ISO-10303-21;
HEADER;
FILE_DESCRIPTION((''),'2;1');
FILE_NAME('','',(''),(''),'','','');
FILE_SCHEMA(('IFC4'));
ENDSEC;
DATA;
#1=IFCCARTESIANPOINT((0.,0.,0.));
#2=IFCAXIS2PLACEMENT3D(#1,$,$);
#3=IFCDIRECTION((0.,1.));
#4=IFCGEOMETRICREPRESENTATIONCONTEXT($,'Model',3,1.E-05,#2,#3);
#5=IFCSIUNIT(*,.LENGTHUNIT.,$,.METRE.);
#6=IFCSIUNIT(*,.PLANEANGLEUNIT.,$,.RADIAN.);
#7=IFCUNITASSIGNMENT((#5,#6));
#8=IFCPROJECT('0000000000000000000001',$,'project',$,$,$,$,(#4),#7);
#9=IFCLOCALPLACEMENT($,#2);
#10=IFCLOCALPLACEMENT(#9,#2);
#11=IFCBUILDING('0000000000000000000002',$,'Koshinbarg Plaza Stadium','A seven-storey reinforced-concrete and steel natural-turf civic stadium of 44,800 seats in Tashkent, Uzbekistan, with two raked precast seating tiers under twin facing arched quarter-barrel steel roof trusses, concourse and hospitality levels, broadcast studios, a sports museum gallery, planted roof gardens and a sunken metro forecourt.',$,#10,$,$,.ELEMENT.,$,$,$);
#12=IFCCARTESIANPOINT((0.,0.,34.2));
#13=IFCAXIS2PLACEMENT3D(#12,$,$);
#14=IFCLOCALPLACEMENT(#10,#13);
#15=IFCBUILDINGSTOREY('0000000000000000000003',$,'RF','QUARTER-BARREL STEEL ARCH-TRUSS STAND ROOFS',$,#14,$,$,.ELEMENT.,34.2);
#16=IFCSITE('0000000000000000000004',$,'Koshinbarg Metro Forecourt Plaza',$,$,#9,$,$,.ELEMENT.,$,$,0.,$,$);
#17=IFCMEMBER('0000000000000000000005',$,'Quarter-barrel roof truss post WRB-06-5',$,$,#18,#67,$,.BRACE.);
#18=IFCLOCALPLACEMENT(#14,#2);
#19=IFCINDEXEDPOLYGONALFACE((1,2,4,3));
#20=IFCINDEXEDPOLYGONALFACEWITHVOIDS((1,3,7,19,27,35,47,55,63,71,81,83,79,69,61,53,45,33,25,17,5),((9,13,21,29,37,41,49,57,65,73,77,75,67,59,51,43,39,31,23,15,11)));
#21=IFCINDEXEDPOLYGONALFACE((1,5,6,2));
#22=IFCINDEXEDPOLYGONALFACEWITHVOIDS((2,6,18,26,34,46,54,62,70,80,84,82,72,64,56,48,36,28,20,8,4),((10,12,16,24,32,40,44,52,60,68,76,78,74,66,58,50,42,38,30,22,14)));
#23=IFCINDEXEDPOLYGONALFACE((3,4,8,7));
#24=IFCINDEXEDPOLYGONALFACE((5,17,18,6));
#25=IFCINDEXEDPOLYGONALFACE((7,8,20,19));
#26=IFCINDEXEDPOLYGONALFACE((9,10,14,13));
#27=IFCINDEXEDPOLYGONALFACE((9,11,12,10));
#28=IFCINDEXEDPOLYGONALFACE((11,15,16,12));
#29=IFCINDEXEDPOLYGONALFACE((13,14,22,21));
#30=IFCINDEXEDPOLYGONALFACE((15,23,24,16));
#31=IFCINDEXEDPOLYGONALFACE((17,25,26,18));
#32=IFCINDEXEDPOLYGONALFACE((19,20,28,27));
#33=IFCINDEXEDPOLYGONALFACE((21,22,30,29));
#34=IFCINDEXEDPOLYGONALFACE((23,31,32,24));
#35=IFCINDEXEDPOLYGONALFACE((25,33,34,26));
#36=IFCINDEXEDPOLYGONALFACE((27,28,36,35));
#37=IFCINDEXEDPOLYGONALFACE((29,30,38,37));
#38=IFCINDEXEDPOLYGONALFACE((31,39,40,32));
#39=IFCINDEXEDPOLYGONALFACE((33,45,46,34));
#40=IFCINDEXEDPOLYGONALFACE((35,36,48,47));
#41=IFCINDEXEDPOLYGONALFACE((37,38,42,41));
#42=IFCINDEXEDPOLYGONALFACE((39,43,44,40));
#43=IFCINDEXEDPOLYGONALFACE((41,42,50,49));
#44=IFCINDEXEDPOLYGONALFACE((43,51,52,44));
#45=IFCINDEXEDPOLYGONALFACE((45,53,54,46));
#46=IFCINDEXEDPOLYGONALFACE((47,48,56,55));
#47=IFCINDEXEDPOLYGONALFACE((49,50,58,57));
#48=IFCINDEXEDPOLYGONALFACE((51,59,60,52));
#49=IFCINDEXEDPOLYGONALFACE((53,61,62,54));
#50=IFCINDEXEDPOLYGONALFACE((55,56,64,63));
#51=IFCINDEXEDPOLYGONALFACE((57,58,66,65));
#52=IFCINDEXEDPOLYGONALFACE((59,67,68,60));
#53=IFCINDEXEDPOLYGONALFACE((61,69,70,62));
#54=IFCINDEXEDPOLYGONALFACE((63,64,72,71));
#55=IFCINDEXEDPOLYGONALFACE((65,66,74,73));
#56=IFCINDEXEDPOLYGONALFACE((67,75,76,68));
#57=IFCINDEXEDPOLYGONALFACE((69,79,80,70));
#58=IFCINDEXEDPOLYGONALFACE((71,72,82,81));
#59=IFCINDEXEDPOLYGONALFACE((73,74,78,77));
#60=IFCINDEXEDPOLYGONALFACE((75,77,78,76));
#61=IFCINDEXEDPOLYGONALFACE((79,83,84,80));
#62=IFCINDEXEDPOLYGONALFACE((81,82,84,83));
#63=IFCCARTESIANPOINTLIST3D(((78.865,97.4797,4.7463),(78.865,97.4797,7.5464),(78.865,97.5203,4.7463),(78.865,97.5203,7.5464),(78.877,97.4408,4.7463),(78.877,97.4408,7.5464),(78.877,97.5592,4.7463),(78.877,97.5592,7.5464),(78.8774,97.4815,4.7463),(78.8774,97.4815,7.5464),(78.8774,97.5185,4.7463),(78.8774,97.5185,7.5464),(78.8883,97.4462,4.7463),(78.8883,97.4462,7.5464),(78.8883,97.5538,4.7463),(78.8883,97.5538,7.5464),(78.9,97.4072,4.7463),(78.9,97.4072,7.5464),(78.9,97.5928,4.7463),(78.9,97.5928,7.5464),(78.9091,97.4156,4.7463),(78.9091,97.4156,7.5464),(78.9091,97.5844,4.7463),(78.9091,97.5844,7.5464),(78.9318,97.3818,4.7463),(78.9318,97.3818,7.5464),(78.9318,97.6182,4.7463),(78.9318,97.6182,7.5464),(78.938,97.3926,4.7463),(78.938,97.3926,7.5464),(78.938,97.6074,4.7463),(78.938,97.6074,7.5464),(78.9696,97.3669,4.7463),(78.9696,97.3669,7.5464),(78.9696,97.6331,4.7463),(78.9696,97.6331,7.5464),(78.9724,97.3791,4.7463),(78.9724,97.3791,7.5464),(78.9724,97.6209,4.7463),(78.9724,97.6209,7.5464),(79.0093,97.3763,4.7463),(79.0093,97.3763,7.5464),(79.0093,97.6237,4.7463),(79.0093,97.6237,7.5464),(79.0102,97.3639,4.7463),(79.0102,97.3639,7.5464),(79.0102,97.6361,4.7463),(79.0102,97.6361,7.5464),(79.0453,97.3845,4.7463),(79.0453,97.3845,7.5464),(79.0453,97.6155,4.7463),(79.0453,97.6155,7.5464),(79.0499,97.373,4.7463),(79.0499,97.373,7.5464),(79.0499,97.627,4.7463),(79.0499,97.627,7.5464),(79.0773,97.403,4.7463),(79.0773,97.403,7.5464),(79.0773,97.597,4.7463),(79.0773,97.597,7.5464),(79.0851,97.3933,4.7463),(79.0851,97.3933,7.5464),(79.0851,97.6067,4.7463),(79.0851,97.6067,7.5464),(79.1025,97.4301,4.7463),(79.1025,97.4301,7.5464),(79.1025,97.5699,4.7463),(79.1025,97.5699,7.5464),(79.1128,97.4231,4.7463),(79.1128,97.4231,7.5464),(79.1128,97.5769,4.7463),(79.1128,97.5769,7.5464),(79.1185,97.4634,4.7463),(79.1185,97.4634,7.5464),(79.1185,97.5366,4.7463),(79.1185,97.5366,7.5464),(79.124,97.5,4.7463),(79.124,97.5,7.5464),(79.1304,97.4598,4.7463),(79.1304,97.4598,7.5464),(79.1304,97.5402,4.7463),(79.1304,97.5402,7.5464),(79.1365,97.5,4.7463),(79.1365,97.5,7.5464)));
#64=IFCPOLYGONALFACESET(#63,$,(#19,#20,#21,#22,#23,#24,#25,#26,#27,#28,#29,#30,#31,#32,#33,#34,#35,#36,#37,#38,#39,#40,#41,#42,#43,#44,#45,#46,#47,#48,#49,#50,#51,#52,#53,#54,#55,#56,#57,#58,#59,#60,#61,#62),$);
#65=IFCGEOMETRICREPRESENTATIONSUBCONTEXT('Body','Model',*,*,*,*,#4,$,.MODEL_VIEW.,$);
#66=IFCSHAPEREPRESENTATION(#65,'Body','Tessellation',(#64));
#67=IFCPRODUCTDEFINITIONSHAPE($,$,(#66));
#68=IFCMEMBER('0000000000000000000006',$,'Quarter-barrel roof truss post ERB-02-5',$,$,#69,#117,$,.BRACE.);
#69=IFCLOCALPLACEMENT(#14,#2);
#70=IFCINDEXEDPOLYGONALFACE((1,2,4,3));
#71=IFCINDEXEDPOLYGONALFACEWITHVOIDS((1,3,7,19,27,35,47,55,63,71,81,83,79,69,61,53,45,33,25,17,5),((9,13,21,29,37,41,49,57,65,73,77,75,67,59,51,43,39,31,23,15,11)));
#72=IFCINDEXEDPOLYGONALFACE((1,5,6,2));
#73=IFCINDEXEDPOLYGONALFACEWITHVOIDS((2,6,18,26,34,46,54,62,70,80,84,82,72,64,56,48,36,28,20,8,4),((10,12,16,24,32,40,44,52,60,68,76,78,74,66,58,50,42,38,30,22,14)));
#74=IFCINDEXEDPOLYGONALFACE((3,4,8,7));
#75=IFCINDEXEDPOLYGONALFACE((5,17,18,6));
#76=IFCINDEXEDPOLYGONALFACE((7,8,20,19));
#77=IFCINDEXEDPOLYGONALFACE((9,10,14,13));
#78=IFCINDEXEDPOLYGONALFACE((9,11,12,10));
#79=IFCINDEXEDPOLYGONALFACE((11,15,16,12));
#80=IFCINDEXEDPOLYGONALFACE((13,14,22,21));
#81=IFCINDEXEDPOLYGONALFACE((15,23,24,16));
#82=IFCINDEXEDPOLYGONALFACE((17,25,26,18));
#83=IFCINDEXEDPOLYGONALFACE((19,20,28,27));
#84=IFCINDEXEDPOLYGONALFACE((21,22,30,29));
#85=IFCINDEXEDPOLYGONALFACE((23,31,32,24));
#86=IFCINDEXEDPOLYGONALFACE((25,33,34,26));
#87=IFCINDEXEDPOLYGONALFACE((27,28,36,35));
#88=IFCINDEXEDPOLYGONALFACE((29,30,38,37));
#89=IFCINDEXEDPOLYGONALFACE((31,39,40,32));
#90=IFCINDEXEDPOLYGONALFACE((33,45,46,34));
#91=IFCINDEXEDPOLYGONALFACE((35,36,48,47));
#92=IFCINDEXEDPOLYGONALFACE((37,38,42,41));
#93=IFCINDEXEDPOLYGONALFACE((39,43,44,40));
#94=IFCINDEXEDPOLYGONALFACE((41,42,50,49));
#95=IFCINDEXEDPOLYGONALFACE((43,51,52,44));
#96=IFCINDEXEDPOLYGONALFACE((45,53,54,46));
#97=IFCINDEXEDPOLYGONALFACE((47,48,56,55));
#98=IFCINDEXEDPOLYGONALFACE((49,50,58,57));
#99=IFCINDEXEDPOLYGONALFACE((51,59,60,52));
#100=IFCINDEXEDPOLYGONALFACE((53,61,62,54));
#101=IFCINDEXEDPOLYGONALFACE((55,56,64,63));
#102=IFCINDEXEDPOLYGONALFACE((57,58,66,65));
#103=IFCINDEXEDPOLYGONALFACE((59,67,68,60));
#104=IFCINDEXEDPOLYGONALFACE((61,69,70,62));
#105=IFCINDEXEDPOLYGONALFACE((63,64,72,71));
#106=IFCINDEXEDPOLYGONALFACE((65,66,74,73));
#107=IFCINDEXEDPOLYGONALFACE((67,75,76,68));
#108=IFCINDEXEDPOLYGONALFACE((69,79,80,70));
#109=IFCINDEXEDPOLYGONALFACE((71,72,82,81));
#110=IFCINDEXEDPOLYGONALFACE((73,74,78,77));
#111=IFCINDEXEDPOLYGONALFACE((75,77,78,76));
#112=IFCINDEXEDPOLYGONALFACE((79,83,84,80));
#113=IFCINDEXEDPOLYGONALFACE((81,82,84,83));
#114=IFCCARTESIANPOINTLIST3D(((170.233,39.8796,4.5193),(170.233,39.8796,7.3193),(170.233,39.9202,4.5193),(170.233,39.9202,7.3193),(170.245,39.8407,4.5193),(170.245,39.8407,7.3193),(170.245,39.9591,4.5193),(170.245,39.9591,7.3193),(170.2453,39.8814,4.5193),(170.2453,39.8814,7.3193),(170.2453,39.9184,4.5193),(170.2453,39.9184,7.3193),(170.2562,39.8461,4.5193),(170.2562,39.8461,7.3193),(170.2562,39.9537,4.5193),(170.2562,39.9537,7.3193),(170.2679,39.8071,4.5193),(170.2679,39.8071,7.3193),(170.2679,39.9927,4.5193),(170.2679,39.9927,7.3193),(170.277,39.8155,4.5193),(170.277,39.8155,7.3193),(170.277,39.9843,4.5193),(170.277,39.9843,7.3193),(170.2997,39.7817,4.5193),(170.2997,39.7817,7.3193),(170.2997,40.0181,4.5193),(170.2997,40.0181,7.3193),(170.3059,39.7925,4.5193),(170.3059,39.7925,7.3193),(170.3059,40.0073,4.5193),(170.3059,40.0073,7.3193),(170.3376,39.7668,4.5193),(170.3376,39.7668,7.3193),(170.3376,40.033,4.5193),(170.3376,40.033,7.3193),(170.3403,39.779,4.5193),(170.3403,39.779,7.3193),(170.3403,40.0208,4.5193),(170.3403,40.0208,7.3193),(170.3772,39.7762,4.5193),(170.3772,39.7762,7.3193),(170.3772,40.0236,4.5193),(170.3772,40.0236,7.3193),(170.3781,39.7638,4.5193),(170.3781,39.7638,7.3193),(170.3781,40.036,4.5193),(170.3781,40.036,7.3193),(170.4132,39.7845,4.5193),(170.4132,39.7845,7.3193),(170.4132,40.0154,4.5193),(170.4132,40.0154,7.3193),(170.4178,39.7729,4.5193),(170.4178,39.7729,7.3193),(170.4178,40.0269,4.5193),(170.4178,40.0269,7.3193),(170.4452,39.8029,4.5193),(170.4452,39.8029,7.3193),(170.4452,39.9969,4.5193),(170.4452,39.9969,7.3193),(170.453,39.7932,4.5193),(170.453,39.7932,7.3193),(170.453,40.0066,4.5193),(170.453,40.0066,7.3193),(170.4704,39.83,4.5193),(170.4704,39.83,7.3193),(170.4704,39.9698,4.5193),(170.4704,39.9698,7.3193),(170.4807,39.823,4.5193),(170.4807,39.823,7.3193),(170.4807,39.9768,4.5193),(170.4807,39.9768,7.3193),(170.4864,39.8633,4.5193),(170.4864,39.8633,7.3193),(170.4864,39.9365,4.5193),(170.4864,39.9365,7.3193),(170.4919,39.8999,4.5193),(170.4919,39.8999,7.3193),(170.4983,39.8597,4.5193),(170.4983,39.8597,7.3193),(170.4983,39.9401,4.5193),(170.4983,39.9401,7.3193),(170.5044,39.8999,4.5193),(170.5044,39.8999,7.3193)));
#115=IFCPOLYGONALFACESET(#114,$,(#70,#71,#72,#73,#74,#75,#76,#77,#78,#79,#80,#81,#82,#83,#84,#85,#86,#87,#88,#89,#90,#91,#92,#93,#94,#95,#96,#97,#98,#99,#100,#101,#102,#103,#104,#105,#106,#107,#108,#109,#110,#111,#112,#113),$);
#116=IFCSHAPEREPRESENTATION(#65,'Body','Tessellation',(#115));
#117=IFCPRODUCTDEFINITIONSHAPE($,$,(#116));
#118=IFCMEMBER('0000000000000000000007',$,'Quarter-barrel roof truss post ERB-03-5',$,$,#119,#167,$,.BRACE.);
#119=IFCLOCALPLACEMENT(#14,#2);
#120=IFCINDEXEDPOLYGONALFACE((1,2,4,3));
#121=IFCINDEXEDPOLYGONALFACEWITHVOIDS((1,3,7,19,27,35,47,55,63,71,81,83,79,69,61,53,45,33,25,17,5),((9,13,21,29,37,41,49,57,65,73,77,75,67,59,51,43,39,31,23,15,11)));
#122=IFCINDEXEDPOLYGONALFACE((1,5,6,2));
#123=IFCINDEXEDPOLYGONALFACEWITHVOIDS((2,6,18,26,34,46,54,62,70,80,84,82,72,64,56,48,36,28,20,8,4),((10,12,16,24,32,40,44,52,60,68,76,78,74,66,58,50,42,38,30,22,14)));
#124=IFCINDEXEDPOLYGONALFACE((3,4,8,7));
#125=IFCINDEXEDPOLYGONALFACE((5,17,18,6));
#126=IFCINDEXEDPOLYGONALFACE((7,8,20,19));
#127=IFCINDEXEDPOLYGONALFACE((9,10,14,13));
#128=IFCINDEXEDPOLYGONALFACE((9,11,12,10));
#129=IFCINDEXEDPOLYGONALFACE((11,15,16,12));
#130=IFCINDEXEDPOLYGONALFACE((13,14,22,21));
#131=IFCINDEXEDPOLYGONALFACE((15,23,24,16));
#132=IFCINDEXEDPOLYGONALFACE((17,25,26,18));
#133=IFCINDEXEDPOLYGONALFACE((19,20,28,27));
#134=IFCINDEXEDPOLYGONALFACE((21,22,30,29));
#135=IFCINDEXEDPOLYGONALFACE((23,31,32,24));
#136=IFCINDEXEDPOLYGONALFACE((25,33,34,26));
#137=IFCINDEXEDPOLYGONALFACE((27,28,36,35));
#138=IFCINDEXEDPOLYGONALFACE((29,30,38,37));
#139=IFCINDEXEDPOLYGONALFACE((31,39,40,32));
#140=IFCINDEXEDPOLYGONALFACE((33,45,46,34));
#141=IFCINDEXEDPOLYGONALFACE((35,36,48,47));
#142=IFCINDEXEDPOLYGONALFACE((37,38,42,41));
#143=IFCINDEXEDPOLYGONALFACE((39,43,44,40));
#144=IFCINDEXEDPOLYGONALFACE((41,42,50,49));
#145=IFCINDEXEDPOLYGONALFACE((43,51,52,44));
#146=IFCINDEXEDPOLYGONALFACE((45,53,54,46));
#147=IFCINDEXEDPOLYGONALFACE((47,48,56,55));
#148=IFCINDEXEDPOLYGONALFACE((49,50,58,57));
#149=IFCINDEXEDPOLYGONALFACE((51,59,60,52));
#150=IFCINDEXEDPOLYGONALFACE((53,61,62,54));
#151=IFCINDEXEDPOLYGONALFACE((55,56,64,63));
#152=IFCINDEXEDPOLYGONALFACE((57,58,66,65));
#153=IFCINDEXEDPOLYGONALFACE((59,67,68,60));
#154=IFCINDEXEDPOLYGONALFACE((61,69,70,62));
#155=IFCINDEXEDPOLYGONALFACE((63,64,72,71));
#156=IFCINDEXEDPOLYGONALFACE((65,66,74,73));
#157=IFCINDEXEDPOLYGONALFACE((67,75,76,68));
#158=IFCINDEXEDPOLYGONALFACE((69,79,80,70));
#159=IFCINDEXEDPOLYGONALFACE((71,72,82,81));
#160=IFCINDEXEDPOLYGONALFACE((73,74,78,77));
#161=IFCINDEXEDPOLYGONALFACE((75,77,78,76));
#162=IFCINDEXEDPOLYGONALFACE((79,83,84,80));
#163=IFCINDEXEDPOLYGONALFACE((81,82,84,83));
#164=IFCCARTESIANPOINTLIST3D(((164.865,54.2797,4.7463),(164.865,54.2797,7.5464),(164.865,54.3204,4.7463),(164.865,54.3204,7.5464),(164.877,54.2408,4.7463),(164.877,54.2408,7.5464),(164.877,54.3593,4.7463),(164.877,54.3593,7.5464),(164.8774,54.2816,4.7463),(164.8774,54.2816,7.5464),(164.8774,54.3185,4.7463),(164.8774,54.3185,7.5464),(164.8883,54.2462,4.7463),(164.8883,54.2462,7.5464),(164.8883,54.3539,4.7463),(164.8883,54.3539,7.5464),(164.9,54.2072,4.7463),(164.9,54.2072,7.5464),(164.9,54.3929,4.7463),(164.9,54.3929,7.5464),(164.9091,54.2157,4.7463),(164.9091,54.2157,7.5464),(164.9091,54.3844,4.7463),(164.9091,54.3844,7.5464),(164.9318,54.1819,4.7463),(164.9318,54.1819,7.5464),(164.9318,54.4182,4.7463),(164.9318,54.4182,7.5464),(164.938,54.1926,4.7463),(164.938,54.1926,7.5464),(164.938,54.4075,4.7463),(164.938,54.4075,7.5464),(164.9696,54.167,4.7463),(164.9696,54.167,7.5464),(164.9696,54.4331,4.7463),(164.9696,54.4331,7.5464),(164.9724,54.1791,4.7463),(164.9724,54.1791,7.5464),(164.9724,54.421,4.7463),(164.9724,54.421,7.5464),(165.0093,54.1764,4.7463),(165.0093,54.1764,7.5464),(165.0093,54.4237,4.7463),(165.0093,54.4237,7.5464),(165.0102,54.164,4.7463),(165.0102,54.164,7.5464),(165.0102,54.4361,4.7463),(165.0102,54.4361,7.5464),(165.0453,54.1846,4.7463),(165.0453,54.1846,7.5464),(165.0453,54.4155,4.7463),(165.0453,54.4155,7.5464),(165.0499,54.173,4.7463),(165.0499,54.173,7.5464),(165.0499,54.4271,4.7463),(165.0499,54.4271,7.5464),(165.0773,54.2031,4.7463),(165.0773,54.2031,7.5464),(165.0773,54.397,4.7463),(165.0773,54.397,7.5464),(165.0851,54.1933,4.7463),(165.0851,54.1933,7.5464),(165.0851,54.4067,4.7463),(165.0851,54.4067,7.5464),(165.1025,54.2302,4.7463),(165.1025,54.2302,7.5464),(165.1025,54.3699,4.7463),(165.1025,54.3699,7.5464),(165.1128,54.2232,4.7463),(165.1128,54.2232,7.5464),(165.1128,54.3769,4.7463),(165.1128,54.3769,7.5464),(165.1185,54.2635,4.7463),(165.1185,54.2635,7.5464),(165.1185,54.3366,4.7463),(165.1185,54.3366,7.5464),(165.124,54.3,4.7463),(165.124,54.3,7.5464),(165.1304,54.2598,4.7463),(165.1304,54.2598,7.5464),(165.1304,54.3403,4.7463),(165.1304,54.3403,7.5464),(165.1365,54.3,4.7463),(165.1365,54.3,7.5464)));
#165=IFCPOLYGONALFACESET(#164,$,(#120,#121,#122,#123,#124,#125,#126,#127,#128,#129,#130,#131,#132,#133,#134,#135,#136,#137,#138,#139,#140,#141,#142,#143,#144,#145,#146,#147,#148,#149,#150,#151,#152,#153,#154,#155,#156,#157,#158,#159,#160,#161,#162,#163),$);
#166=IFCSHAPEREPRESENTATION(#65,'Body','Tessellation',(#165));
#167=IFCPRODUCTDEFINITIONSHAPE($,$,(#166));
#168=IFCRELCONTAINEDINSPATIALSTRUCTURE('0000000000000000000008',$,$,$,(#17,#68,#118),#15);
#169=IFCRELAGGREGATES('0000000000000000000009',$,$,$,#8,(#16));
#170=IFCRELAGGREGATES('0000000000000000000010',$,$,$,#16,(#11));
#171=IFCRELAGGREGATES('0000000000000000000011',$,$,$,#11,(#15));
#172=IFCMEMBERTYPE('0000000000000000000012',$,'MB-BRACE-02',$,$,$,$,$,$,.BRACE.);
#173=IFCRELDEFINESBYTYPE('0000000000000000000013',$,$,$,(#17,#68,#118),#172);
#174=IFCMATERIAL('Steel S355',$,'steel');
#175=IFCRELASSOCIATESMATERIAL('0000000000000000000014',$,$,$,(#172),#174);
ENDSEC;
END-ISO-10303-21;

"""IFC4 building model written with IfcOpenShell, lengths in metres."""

from ifc_helpers import new_model, si_unit, direction, frame, origin, origin_2d, place, context, subcontext, project, spatial, hollow_circle, extrude, material, material_profile, profile_set, type_object, element, save


model = new_model("IFC4")

# Units and contexts
model_context = context("Model", 3, precision=1e-05, world=origin(), true_north=direction((0.0, 1.0)))
body_context = subcontext(model_context, "Body", "Model", "MODEL_VIEW")
ifc_project = project(units=[si_unit("LENGTHUNIT", "METRE"), si_unit("PLANEANGLEUNIT", "RADIAN")], contexts=[model_context])

# Site, building, storey
site_placement = place(None, origin())
site = spatial("IfcSite", under=ifc_project, at=site_placement, Name="Koshinbarg Metro Forecourt Plaza", CompositionType="ELEMENT", RefElevation=0.0)
building_placement = place(site_placement, origin())
building = spatial("IfcBuilding", under=site, at=building_placement, Name="Koshinbarg Plaza Stadium", Description="A seven-storey reinforced-concrete and steel natural-turf civic stadium of 44,800 seats in Tashkent, Uzbekistan, with two raked precast seating tiers under twin facing arched quarter-barrel steel roof trusses, concourse and hospitality levels, broadcast studios, a sports museum gallery, planted roof gardens and a sunken metro forecourt.", CompositionType="ELEMENT")
storey_placement = place(building_placement, frame((0.0, 0.0, 34.2)))
storey = spatial("IfcBuildingStorey", under=building, at=storey_placement, Name="RF", Description="QUARTER-BARREL STEEL ARCH-TRUSS STAND ROOFS", CompositionType="ELEMENT", Elevation=34.2)

# Members
ifc_material = material(Name="Steel S355", Category="steel")
ifc_material_profile_1 = material_profile(ifc_material, hollow_circle(Radius=0.1365, WallThickness=0.0125, at=origin_2d()), Name="CHS 273x12.5")
ifc_profile_set_1 = profile_set([ifc_material_profile_1], Name="Steel S355")
member_type_1 = type_object("IfcMemberType", Name="MB-BRACE-02", PredefinedType="BRACE", material=ifc_profile_set_1)
for number, where, z_axis, x_axis, name in (
    (1, (79.0, 97.5, 4.7463), (0.0, 0.0, 1.0), (1.0, 0.0, 0.0), "Quarter-barrel roof truss post WRB-06-5"),
    (2, (170.3679, 39.8999, 4.5193), (0.0, 0.0, 1.0), (1.0, 0.0, 0.0), "Quarter-barrel roof truss post ERB-02-5"),
    (3, (165.0, 54.3, 4.7463), (0.0, 0.0, 1.0), (1.0, 0.0, 0.0), "Quarter-barrel roof truss post ERB-03-5"),
):
    element("IfcMember", number, at=place(storey_placement, frame(where, z_axis=z_axis, x_axis=x_axis)), inside=storey, type_object=member_type_1, Name=name, PredefinedType="BRACE", context=body_context, shape_type="SweptSolid", body=[
        extrude(hollow_circle(Radius=0.1365, WallThickness=0.0125, at=origin_2d()), origin(), (0.0, 0.0, 1.0), 2.8),
    ])

save(model, "model.ifc")
